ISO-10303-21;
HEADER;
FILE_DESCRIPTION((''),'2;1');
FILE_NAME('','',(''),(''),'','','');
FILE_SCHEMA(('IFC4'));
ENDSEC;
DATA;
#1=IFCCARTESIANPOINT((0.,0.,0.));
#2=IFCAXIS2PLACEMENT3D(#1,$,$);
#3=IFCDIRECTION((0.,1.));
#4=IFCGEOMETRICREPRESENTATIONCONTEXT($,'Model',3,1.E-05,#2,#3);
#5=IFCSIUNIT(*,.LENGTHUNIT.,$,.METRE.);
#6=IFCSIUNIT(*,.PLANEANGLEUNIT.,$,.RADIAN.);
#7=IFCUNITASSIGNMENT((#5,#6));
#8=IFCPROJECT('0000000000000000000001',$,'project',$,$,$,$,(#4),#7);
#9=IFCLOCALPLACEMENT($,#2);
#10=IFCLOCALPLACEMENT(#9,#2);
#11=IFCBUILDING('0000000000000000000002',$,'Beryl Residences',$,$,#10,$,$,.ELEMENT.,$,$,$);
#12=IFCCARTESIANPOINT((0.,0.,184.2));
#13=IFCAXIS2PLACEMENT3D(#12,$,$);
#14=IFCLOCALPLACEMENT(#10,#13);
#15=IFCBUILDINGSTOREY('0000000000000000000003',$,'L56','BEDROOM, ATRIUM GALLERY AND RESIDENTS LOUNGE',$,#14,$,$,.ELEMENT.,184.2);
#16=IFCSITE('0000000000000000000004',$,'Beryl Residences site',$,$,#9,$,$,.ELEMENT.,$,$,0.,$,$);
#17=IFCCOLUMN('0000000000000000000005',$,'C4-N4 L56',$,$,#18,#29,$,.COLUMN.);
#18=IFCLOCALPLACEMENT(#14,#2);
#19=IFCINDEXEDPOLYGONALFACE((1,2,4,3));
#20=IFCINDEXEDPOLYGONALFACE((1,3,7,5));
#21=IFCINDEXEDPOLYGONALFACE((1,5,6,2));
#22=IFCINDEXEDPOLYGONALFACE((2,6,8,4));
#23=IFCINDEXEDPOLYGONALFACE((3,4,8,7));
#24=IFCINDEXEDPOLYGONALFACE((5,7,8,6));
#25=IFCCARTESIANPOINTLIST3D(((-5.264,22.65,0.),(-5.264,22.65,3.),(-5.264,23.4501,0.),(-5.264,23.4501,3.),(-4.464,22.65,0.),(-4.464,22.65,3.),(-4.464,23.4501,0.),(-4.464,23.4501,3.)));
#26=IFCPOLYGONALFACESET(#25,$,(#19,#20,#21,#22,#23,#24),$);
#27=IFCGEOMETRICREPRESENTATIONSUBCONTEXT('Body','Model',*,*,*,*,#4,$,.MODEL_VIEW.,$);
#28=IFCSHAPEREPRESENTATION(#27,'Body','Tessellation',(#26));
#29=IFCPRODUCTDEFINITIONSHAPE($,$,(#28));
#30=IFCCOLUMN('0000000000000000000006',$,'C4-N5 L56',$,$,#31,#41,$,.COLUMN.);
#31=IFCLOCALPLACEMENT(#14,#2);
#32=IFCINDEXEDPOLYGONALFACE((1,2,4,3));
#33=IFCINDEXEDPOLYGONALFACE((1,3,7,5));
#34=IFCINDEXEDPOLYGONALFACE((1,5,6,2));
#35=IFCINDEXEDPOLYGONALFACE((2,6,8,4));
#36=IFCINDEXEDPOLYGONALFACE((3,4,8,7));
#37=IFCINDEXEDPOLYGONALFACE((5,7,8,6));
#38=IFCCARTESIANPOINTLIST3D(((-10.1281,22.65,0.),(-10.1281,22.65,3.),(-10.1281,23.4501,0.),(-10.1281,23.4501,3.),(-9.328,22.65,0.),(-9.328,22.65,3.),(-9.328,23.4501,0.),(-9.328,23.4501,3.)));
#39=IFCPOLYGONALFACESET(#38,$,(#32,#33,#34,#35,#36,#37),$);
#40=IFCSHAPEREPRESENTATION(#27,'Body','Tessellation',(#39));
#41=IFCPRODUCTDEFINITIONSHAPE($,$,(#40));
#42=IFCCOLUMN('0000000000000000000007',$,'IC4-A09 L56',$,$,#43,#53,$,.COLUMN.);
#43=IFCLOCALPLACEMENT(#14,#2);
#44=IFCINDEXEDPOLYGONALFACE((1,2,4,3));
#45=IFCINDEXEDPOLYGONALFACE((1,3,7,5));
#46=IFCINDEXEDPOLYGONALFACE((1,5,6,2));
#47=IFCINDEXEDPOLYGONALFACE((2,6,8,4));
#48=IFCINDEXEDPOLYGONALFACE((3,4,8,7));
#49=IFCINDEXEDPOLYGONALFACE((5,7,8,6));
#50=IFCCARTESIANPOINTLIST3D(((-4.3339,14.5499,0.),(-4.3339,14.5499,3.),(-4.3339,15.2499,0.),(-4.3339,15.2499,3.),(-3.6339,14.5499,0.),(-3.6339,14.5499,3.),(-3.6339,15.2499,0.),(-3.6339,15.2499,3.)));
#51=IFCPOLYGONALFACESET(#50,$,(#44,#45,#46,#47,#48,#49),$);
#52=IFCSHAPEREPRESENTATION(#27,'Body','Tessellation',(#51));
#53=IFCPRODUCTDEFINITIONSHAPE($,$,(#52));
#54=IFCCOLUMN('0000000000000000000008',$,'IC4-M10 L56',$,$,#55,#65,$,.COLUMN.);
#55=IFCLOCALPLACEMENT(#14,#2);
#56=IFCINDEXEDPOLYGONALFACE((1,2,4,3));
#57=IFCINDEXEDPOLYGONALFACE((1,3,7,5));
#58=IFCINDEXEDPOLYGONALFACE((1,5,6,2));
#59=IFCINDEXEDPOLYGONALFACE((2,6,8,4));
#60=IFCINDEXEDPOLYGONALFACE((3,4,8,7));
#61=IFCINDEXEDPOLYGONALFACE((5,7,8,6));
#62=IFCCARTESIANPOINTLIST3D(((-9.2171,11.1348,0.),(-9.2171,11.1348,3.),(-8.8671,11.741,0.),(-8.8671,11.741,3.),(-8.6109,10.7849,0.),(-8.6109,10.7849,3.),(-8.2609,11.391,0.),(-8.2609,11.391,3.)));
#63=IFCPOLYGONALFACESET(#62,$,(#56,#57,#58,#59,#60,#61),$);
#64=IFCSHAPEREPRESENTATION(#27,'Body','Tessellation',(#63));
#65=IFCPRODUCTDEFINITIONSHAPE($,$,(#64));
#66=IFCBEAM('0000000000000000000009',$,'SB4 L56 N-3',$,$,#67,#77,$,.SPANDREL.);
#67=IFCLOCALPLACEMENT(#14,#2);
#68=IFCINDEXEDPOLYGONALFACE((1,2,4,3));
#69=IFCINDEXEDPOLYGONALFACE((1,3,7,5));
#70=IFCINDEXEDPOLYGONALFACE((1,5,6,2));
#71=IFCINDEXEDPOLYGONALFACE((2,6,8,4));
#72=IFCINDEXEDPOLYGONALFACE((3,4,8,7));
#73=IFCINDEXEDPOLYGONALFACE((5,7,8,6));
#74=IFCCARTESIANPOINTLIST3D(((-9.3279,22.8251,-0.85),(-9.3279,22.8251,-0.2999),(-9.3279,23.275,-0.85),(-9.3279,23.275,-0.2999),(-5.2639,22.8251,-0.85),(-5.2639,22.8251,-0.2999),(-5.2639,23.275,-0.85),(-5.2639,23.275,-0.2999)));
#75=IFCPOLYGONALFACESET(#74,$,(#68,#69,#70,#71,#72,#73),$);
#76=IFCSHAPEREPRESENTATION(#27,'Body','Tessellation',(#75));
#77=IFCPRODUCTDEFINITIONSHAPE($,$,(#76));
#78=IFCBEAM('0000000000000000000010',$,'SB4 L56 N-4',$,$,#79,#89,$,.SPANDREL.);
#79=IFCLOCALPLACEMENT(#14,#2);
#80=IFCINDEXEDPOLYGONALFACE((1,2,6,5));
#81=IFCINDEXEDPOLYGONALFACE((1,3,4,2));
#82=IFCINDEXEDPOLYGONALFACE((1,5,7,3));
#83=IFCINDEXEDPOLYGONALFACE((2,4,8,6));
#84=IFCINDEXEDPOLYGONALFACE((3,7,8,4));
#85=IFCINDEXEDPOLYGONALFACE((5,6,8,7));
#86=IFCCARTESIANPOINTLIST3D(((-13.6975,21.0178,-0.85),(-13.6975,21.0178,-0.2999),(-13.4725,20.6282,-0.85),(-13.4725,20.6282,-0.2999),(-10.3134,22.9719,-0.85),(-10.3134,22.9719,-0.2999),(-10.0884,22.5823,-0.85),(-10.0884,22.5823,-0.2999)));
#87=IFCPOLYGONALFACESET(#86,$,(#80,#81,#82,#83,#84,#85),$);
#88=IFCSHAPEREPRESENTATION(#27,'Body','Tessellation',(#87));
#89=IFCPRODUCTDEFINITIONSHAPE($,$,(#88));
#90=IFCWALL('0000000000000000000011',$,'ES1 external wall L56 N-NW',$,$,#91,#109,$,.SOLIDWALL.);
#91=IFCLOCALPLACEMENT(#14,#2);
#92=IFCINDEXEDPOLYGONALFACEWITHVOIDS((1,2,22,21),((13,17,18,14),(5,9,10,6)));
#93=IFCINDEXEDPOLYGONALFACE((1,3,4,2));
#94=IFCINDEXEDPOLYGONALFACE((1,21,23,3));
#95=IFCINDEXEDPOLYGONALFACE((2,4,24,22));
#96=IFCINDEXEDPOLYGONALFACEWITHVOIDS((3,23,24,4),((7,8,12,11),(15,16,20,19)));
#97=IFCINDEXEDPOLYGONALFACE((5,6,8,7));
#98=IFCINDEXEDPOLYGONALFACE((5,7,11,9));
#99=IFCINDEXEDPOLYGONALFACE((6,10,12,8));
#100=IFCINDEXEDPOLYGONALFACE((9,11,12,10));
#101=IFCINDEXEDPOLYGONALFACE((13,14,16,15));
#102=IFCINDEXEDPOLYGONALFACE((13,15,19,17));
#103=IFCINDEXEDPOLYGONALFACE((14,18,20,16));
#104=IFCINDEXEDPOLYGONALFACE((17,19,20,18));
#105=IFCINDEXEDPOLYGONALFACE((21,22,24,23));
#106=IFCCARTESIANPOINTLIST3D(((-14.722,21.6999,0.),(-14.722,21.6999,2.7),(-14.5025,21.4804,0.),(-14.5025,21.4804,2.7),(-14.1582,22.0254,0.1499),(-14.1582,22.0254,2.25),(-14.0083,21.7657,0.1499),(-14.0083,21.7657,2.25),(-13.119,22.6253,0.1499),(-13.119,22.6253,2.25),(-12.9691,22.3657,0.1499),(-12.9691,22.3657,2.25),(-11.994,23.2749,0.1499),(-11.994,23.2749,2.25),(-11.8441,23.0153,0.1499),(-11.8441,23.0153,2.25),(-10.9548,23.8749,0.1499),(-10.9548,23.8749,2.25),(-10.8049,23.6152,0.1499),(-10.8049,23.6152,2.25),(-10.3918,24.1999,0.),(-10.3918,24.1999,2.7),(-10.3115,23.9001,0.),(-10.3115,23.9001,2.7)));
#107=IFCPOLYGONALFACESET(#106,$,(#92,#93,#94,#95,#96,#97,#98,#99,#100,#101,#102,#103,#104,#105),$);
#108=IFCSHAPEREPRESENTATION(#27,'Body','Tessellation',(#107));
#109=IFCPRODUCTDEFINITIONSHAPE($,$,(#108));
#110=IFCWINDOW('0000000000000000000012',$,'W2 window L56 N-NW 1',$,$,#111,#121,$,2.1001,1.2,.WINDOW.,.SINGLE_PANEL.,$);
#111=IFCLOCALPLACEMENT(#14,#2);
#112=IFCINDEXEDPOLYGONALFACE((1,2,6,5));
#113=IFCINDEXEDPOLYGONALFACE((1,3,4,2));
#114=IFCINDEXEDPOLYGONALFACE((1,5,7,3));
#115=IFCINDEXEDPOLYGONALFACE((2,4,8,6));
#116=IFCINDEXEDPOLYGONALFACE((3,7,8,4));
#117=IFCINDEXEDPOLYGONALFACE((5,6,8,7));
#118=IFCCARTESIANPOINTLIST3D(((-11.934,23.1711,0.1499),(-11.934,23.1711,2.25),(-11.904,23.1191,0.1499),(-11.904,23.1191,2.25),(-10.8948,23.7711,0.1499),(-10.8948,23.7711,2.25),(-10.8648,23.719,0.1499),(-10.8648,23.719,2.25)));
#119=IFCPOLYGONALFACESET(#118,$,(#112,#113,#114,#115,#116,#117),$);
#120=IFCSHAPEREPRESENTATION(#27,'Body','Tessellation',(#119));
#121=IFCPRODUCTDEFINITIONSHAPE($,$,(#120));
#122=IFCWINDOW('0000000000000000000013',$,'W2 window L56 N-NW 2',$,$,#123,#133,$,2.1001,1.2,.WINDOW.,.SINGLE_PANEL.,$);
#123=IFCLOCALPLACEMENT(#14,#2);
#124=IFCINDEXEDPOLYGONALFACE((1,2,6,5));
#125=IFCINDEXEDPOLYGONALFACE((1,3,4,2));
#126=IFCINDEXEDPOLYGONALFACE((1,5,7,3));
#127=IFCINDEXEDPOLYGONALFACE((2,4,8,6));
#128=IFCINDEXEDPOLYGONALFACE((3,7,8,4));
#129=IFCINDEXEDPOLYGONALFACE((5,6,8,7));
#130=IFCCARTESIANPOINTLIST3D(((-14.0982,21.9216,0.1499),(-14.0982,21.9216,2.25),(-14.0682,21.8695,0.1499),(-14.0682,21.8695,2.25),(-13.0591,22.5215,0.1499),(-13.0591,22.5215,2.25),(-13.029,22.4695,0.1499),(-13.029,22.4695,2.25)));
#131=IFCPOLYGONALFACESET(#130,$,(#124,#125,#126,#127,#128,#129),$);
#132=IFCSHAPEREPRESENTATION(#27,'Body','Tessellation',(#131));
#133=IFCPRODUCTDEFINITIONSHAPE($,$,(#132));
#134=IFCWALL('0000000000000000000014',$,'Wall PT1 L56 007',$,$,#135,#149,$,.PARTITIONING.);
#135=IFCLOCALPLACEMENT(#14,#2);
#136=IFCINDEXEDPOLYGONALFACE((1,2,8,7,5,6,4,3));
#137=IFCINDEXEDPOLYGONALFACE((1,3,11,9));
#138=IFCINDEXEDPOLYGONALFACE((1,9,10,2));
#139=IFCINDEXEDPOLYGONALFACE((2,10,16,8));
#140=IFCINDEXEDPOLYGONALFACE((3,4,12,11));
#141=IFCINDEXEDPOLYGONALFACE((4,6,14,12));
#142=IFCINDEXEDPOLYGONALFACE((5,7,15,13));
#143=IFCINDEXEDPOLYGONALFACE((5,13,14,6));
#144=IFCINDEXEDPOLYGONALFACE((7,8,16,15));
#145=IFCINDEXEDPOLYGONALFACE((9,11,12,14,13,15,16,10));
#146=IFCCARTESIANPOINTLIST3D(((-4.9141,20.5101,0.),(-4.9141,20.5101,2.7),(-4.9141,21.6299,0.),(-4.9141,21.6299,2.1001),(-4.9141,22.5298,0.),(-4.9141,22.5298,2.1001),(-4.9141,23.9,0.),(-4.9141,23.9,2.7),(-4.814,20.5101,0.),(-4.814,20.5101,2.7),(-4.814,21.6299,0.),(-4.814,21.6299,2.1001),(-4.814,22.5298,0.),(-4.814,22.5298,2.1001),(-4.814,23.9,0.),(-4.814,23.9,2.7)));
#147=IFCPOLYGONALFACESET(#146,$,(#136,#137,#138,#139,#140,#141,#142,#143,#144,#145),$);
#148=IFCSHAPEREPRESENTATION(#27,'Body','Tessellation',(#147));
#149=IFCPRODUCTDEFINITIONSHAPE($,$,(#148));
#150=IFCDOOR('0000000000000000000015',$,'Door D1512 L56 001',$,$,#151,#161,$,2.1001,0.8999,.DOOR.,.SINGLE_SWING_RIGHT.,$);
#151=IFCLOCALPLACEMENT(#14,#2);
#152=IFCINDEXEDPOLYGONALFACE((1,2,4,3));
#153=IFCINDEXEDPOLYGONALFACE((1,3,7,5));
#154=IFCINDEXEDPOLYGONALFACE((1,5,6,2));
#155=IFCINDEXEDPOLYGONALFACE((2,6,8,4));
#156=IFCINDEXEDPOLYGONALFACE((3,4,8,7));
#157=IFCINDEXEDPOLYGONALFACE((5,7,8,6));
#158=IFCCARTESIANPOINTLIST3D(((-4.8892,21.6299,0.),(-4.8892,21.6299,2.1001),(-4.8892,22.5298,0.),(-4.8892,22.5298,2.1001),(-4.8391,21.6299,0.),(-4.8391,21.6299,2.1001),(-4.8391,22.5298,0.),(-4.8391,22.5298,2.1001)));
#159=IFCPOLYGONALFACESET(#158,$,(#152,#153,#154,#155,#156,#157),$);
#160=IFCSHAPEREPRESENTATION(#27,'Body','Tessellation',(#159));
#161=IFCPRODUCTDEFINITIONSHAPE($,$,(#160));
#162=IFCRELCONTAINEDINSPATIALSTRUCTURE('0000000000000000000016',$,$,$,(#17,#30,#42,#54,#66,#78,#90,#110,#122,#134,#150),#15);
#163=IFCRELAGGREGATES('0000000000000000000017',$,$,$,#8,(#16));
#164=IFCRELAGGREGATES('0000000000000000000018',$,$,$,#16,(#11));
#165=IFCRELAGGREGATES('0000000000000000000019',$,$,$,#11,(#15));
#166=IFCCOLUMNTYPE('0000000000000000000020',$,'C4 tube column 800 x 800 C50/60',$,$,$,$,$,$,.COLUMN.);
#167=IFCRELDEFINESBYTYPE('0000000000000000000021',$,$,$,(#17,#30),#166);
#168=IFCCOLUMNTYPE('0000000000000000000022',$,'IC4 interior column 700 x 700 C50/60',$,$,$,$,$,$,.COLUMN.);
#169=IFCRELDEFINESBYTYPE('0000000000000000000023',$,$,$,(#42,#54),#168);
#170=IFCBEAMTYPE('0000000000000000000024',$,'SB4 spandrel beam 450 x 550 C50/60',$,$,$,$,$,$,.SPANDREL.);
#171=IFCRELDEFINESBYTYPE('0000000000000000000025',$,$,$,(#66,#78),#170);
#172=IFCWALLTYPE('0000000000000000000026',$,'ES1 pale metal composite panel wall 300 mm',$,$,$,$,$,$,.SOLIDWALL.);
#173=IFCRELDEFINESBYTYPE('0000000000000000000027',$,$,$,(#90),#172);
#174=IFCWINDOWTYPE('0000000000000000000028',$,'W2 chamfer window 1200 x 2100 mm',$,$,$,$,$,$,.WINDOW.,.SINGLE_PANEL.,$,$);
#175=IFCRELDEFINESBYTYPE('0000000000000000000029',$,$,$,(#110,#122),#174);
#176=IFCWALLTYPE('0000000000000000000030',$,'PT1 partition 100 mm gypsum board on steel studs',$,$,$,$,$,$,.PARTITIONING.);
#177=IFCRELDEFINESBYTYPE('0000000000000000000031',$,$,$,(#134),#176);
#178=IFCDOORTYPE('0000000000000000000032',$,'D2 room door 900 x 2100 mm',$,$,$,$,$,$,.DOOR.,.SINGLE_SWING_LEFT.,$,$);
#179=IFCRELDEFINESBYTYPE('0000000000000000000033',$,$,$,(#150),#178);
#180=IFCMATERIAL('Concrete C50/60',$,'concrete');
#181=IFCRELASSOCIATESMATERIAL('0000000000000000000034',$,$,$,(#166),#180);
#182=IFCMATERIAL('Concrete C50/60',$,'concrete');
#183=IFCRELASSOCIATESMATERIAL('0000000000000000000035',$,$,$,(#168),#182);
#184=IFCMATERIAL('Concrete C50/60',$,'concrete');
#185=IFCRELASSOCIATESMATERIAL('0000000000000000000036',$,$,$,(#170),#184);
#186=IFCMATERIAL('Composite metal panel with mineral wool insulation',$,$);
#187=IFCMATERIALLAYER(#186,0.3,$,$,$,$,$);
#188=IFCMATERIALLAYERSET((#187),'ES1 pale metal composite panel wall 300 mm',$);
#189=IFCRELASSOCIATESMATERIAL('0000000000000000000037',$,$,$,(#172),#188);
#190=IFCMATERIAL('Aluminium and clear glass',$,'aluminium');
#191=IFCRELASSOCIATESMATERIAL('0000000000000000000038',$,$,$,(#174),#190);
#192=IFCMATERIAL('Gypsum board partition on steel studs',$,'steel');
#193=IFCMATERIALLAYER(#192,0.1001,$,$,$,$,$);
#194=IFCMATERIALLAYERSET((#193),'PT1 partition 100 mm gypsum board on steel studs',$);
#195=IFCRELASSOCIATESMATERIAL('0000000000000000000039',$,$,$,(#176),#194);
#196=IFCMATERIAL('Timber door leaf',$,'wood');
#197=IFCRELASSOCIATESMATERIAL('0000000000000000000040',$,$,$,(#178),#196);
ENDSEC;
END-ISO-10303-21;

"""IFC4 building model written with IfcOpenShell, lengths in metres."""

from ifc_helpers import new_model, si_unit, direction, frame, frame_2d, origin, origin_2d, place, context, subcontext, project, spatial, polyline, rectangle, outline, extrude, material, layer, layer_set, material_profile, profile_set, type_object, element, fill, save


model = new_model("IFC4")

# Units and contexts
model_context = context("Model", 3, precision=1e-05, world=origin(), true_north=direction((0.0, 1.0)))
body_context = subcontext(model_context, "Body", "Model", "MODEL_VIEW")
ifc_project = project(units=[si_unit("LENGTHUNIT", "METRE"), si_unit("PLANEANGLEUNIT", "RADIAN")], contexts=[model_context])

# Site, building, storey
site_placement = place(None, origin())
site = spatial("IfcSite", under=ifc_project, at=site_placement, Name="Beryl Residences site", CompositionType="ELEMENT", RefElevation=0.0)
building_placement = place(site_placement, origin())
building = spatial("IfcBuilding", under=site, at=building_placement, Name="Beryl Residences", CompositionType="ELEMENT")
storey_placement = place(building_placement, frame((0.0, 0.0, 184.2)))
storey = spatial("IfcBuildingStorey", under=building, at=storey_placement, Name="L56", Description="BEDROOM, ATRIUM GALLERY AND RESIDENTS LOUNGE", CompositionType="ELEMENT", Elevation=184.2)

# Columns
ifc_material_1 = material(Name="Concrete C50/60", Category="concrete")
ifc_material_profile_1 = material_profile(ifc_material_1, rectangle(XDim=0.8, YDim=0.8, at=origin_2d()))
ifc_profile_set_1 = profile_set([ifc_material_profile_1], Name="Concrete C50/60")
column_type_1 = type_object("IfcColumnType", Name="C4 tube column 800 x 800 C50/60", PredefinedType="COLUMN", material=ifc_profile_set_1)
for number, where, z_axis, x_axis, name in (
    (1, (-4.864, 23.05, 0.0), (0.0, 0.0, 1.0), (-1.0, 0.0, 0.0), "C4-N4 L56"),
    (2, (-9.728, 23.05, 0.0), (0.0, 0.0, 1.0), (-1.0, 0.0, 0.0), "C4-N5 L56"),
):
    element("IfcColumn", number, at=place(storey_placement, frame(where, z_axis=z_axis, x_axis=x_axis)), inside=storey, type_object=column_type_1, Name=name, PredefinedType="COLUMN", context=body_context, shape_type="SweptSolid", body=[
        extrude(rectangle(XDim=0.8, YDim=0.8, at=origin_2d()), origin(), (0.0, 0.0, 1.0), 3.0),
    ])
ifc_material_2 = material(Name="Concrete C50/60", Category="concrete")
ifc_material_profile_2 = material_profile(ifc_material_2, rectangle(XDim=0.7, YDim=0.7, at=origin_2d()))
ifc_profile_set_2 = profile_set([ifc_material_profile_2], Name="Concrete C50/60")
column_type_2 = type_object("IfcColumnType", Name="IC4 interior column 700 x 700 C50/60", PredefinedType="COLUMN", material=ifc_profile_set_2)
for number, where, z_axis, x_axis, name in (
    (3, (-3.9839, 14.8999, 0.0), (0.0, 0.0, 1.0), (1.0, 0.0, 0.0), "IC4-A09 L56"),
    (4, (-8.739, 11.2629, 0.0), (0.0, 0.0, 1.0), (-0.5, -0.866025, 0.0), "IC4-M10 L56"),
):
    element("IfcColumn", number, at=place(storey_placement, frame(where, z_axis=z_axis, x_axis=x_axis)), inside=storey, type_object=column_type_2, Name=name, PredefinedType="COLUMN", context=body_context, shape_type="SweptSolid", body=[
        extrude(rectangle(XDim=0.7, YDim=0.7, at=origin_2d()), origin(), (0.0, 0.0, 1.0), 3.0),
    ])

# Beams
ifc_material_3 = material(Name="Concrete C50/60", Category="concrete")
ifc_material_profile_3 = material_profile(ifc_material_3, rectangle(XDim=0.45, YDim=0.55, at=origin_2d()))
ifc_profile_set_3 = profile_set([ifc_material_profile_3], Name="Concrete C50/60")
beam_type = type_object("IfcBeamType", Name="SB4 spandrel beam 450 x 550 C50/60", PredefinedType="SPANDREL", material=ifc_profile_set_3)
beam_1_placement = place(storey_placement, frame((-5.2639, 23.05, -0.575), z_axis=(-1.0, 0.0, 0.0), x_axis=(0.0, -1.0, 0.0)))
element("IfcBeam", 5, at=beam_1_placement, inside=storey, type_object=beam_type, Name="SB4 L56 N-3", PredefinedType="SPANDREL", context=body_context, shape_type="SweptSolid", body=[
    extrude(rectangle(XDim=0.45, YDim=0.55, at=origin_2d()), origin(), (0.0, 0.0, 1.0), 4.064),
])
beam_2_placement = place(storey_placement, frame((-10.2009, 22.7771, -0.575), z_axis=(-0.865989, -0.500063, 0.0), x_axis=(0.500063, -0.865989, 0.0)))
element("IfcBeam", 6, at=beam_2_placement, inside=storey, type_object=beam_type, Name="SB4 L56 N-4", PredefinedType="SPANDREL", context=body_context, shape_type="SweptSolid", body=[
    extrude(rectangle(XDim=0.45, YDim=0.55, at=origin_2d()), origin(), (0.0, 0.0, 1.0), 3.9077),
])

# Wall, openings, windows
ifc_material_4 = material(Name="Composite metal panel with mineral wool insulation")
ifc_layer_1 = layer(ifc_material_4, 0.3)
ifc_layer_set_1 = layer_set([ifc_layer_1], Name="ES1 pale metal composite panel wall 300 mm")
wall_type_1 = type_object("IfcWallType", Name="ES1 pale metal composite panel wall 300 mm", PredefinedType="SOLIDWALL", material=ifc_layer_set_1)
wall_1_placement = place(storey_placement, frame((-10.3169, 24.0701, 0.0), z_axis=(0.0, 0.0, 1.0), x_axis=(-0.866023, -0.500004, 0.0)))
wall_1 = element("IfcWall", 7, at=wall_1_placement, inside=storey, type_object=wall_type_1, Name="ES1 external wall L56 N-NW", PredefinedType="SOLIDWALL", context=body_context, shape_type="SweptSolid", body=[
    extrude(outline(polyline([(0.0, -0.1499), (5.0, -0.1499), (4.9197, 0.1499), (0.0803, 0.1499), (0.0, -0.1499)])), origin(), (0.0, 0.0, 1.0), 2.7),
])
opening_1_placement = place(wall_1_placement, frame((0.6499, 0.0, 0.1499)))
opening_1 = element("IfcOpeningElement", 8, at=opening_1_placement, cuts=wall_1, PredefinedType="OPENING", context=body_context, shape_type="SweptSolid", body=[
    extrude(rectangle(XDim=1.2, YDim=2.1001, at=frame_2d((0.6001, 1.05))), frame((0.0, 0.1599, 0.0), z_axis=(0.0, -1.0, 0.0), x_axis=(1.0, 0.0, 0.0)), (0.0, 0.0, 1.0), 0.3201),
])
opening_2_placement = place(wall_1_placement, frame((3.1489, 0.0, 0.1499)))
opening_2 = element("IfcOpeningElement", 9, at=opening_2_placement, cuts=wall_1, PredefinedType="OPENING", context=body_context, shape_type="SweptSolid", body=[
    extrude(rectangle(XDim=1.2, YDim=2.1001, at=frame_2d((0.6001, 1.05))), frame((0.0, 0.1599, 0.0), z_axis=(0.0, -1.0, 0.0), x_axis=(1.0, 0.0, 0.0)), (0.0, 0.0, 1.0), 0.3201),
])
ifc_material_5 = material(Name="Aluminium and clear glass", Category="aluminium")
window_type = type_object("IfcWindowType", Name="W2 chamfer window 1200 x 2100 mm", PartitioningType="SINGLE_PANEL", PredefinedType="WINDOW", material=ifc_material_5)
window_1_placement = place(opening_1_placement, origin())
window_1 = element("IfcWindow", 10, at=window_1_placement, inside=storey, type_object=window_type, Name="W2 window L56 N-NW 1", OverallHeight=2.1001, OverallWidth=1.2, PartitioningType="SINGLE_PANEL", PredefinedType="WINDOW", context=body_context, shape_type="SweptSolid", body=[
    extrude(rectangle(XDim=1.2, YDim=2.1001, at=frame_2d((0.6001, 1.05))), frame((0.0, 0.03, 0.0), z_axis=(0.0, -1.0, 0.0), x_axis=(1.0, 0.0, 0.0)), (0.0, 0.0, 1.0), 0.0601),
])
fill(opening_1, window_1)
window_2_placement = place(opening_2_placement, origin())
window_2 = element("IfcWindow", 11, at=window_2_placement, inside=storey, type_object=window_type, Name="W2 window L56 N-NW 2", OverallHeight=2.1001, OverallWidth=1.2, PartitioningType="SINGLE_PANEL", PredefinedType="WINDOW", context=body_context, shape_type="SweptSolid", body=[
    extrude(rectangle(XDim=1.2, YDim=2.1001, at=frame_2d((0.6001, 1.05))), frame((0.0, 0.03, 0.0), z_axis=(0.0, -1.0, 0.0), x_axis=(1.0, 0.0, 0.0)), (0.0, 0.0, 1.0), 0.0601),
])
fill(opening_2, window_2)

# Wall, opening, door
ifc_material_6 = material(Name="Gypsum board partition on steel studs", Category="steel")
ifc_layer_2 = layer(ifc_material_6, 0.1001)
ifc_layer_set_2 = layer_set([ifc_layer_2], Name="PT1 partition 100 mm gypsum board on steel studs")
wall_type_2 = type_object("IfcWallType", Name="PT1 partition 100 mm gypsum board on steel studs", PredefinedType="PARTITIONING", material=ifc_layer_set_2)
wall_2_placement = place(storey_placement, frame((-4.864, 23.8999, 0.0), z_axis=(0.0, 0.0, 1.0), x_axis=(0.0, -1.0, 0.0)))
wall_2 = element("IfcWall", 12, at=wall_2_placement, inside=storey, type_object=wall_type_2, Name="Wall PT1 L56 007", PredefinedType="PARTITIONING", context=body_context, shape_type="SweptSolid", body=[
    extrude(rectangle(XDim=3.3899, YDim=0.1001, at=frame_2d((1.6948, 0.0))), origin(), (0.0, 0.0, 1.0), 2.7),
])
opening_3_placement = place(wall_2_placement, frame((1.3701, 0.0, 0.0)))
opening_3 = element("IfcOpeningElement", 13, at=opening_3_placement, cuts=wall_2, PredefinedType="OPENING", context=body_context, shape_type="SweptSolid", body=[
    extrude(rectangle(XDim=0.8999, YDim=2.1001, at=frame_2d((0.45, 1.05))), frame((0.0, 0.0601, 0.0), z_axis=(0.0, -1.0, 0.0), x_axis=(1.0, 0.0, 0.0)), (0.0, 0.0, 1.0), 0.1201),
])
ifc_material_7 = material(Name="Timber door leaf", Category="wood")
door_type_1 = type_object("IfcDoorType", Name="D2 room door 900 x 2100 mm", OperationType="SINGLE_SWING_LEFT", PredefinedType="DOOR", material=ifc_material_7)
door_1_placement = place(opening_3_placement, origin())
door_1 = element("IfcDoor", 14, at=door_1_placement, inside=storey, type_object=door_type_1, Name="Door D1512 L56 001", OperationType="SINGLE_SWING_RIGHT", OverallHeight=2.1001, OverallWidth=0.8999, PredefinedType="DOOR", context=body_context, shape_type="SweptSolid", body=[
    extrude(rectangle(XDim=0.8999, YDim=2.1001, at=frame_2d((0.45, 1.05))), frame((0.0, 0.0249, 0.0), z_axis=(0.0, -1.0, 0.0), x_axis=(1.0, 0.0, 0.0)), (0.0, 0.0, 1.0), 0.05),
])
fill(opening_3, door_1)

save(model, "model.ifc")
